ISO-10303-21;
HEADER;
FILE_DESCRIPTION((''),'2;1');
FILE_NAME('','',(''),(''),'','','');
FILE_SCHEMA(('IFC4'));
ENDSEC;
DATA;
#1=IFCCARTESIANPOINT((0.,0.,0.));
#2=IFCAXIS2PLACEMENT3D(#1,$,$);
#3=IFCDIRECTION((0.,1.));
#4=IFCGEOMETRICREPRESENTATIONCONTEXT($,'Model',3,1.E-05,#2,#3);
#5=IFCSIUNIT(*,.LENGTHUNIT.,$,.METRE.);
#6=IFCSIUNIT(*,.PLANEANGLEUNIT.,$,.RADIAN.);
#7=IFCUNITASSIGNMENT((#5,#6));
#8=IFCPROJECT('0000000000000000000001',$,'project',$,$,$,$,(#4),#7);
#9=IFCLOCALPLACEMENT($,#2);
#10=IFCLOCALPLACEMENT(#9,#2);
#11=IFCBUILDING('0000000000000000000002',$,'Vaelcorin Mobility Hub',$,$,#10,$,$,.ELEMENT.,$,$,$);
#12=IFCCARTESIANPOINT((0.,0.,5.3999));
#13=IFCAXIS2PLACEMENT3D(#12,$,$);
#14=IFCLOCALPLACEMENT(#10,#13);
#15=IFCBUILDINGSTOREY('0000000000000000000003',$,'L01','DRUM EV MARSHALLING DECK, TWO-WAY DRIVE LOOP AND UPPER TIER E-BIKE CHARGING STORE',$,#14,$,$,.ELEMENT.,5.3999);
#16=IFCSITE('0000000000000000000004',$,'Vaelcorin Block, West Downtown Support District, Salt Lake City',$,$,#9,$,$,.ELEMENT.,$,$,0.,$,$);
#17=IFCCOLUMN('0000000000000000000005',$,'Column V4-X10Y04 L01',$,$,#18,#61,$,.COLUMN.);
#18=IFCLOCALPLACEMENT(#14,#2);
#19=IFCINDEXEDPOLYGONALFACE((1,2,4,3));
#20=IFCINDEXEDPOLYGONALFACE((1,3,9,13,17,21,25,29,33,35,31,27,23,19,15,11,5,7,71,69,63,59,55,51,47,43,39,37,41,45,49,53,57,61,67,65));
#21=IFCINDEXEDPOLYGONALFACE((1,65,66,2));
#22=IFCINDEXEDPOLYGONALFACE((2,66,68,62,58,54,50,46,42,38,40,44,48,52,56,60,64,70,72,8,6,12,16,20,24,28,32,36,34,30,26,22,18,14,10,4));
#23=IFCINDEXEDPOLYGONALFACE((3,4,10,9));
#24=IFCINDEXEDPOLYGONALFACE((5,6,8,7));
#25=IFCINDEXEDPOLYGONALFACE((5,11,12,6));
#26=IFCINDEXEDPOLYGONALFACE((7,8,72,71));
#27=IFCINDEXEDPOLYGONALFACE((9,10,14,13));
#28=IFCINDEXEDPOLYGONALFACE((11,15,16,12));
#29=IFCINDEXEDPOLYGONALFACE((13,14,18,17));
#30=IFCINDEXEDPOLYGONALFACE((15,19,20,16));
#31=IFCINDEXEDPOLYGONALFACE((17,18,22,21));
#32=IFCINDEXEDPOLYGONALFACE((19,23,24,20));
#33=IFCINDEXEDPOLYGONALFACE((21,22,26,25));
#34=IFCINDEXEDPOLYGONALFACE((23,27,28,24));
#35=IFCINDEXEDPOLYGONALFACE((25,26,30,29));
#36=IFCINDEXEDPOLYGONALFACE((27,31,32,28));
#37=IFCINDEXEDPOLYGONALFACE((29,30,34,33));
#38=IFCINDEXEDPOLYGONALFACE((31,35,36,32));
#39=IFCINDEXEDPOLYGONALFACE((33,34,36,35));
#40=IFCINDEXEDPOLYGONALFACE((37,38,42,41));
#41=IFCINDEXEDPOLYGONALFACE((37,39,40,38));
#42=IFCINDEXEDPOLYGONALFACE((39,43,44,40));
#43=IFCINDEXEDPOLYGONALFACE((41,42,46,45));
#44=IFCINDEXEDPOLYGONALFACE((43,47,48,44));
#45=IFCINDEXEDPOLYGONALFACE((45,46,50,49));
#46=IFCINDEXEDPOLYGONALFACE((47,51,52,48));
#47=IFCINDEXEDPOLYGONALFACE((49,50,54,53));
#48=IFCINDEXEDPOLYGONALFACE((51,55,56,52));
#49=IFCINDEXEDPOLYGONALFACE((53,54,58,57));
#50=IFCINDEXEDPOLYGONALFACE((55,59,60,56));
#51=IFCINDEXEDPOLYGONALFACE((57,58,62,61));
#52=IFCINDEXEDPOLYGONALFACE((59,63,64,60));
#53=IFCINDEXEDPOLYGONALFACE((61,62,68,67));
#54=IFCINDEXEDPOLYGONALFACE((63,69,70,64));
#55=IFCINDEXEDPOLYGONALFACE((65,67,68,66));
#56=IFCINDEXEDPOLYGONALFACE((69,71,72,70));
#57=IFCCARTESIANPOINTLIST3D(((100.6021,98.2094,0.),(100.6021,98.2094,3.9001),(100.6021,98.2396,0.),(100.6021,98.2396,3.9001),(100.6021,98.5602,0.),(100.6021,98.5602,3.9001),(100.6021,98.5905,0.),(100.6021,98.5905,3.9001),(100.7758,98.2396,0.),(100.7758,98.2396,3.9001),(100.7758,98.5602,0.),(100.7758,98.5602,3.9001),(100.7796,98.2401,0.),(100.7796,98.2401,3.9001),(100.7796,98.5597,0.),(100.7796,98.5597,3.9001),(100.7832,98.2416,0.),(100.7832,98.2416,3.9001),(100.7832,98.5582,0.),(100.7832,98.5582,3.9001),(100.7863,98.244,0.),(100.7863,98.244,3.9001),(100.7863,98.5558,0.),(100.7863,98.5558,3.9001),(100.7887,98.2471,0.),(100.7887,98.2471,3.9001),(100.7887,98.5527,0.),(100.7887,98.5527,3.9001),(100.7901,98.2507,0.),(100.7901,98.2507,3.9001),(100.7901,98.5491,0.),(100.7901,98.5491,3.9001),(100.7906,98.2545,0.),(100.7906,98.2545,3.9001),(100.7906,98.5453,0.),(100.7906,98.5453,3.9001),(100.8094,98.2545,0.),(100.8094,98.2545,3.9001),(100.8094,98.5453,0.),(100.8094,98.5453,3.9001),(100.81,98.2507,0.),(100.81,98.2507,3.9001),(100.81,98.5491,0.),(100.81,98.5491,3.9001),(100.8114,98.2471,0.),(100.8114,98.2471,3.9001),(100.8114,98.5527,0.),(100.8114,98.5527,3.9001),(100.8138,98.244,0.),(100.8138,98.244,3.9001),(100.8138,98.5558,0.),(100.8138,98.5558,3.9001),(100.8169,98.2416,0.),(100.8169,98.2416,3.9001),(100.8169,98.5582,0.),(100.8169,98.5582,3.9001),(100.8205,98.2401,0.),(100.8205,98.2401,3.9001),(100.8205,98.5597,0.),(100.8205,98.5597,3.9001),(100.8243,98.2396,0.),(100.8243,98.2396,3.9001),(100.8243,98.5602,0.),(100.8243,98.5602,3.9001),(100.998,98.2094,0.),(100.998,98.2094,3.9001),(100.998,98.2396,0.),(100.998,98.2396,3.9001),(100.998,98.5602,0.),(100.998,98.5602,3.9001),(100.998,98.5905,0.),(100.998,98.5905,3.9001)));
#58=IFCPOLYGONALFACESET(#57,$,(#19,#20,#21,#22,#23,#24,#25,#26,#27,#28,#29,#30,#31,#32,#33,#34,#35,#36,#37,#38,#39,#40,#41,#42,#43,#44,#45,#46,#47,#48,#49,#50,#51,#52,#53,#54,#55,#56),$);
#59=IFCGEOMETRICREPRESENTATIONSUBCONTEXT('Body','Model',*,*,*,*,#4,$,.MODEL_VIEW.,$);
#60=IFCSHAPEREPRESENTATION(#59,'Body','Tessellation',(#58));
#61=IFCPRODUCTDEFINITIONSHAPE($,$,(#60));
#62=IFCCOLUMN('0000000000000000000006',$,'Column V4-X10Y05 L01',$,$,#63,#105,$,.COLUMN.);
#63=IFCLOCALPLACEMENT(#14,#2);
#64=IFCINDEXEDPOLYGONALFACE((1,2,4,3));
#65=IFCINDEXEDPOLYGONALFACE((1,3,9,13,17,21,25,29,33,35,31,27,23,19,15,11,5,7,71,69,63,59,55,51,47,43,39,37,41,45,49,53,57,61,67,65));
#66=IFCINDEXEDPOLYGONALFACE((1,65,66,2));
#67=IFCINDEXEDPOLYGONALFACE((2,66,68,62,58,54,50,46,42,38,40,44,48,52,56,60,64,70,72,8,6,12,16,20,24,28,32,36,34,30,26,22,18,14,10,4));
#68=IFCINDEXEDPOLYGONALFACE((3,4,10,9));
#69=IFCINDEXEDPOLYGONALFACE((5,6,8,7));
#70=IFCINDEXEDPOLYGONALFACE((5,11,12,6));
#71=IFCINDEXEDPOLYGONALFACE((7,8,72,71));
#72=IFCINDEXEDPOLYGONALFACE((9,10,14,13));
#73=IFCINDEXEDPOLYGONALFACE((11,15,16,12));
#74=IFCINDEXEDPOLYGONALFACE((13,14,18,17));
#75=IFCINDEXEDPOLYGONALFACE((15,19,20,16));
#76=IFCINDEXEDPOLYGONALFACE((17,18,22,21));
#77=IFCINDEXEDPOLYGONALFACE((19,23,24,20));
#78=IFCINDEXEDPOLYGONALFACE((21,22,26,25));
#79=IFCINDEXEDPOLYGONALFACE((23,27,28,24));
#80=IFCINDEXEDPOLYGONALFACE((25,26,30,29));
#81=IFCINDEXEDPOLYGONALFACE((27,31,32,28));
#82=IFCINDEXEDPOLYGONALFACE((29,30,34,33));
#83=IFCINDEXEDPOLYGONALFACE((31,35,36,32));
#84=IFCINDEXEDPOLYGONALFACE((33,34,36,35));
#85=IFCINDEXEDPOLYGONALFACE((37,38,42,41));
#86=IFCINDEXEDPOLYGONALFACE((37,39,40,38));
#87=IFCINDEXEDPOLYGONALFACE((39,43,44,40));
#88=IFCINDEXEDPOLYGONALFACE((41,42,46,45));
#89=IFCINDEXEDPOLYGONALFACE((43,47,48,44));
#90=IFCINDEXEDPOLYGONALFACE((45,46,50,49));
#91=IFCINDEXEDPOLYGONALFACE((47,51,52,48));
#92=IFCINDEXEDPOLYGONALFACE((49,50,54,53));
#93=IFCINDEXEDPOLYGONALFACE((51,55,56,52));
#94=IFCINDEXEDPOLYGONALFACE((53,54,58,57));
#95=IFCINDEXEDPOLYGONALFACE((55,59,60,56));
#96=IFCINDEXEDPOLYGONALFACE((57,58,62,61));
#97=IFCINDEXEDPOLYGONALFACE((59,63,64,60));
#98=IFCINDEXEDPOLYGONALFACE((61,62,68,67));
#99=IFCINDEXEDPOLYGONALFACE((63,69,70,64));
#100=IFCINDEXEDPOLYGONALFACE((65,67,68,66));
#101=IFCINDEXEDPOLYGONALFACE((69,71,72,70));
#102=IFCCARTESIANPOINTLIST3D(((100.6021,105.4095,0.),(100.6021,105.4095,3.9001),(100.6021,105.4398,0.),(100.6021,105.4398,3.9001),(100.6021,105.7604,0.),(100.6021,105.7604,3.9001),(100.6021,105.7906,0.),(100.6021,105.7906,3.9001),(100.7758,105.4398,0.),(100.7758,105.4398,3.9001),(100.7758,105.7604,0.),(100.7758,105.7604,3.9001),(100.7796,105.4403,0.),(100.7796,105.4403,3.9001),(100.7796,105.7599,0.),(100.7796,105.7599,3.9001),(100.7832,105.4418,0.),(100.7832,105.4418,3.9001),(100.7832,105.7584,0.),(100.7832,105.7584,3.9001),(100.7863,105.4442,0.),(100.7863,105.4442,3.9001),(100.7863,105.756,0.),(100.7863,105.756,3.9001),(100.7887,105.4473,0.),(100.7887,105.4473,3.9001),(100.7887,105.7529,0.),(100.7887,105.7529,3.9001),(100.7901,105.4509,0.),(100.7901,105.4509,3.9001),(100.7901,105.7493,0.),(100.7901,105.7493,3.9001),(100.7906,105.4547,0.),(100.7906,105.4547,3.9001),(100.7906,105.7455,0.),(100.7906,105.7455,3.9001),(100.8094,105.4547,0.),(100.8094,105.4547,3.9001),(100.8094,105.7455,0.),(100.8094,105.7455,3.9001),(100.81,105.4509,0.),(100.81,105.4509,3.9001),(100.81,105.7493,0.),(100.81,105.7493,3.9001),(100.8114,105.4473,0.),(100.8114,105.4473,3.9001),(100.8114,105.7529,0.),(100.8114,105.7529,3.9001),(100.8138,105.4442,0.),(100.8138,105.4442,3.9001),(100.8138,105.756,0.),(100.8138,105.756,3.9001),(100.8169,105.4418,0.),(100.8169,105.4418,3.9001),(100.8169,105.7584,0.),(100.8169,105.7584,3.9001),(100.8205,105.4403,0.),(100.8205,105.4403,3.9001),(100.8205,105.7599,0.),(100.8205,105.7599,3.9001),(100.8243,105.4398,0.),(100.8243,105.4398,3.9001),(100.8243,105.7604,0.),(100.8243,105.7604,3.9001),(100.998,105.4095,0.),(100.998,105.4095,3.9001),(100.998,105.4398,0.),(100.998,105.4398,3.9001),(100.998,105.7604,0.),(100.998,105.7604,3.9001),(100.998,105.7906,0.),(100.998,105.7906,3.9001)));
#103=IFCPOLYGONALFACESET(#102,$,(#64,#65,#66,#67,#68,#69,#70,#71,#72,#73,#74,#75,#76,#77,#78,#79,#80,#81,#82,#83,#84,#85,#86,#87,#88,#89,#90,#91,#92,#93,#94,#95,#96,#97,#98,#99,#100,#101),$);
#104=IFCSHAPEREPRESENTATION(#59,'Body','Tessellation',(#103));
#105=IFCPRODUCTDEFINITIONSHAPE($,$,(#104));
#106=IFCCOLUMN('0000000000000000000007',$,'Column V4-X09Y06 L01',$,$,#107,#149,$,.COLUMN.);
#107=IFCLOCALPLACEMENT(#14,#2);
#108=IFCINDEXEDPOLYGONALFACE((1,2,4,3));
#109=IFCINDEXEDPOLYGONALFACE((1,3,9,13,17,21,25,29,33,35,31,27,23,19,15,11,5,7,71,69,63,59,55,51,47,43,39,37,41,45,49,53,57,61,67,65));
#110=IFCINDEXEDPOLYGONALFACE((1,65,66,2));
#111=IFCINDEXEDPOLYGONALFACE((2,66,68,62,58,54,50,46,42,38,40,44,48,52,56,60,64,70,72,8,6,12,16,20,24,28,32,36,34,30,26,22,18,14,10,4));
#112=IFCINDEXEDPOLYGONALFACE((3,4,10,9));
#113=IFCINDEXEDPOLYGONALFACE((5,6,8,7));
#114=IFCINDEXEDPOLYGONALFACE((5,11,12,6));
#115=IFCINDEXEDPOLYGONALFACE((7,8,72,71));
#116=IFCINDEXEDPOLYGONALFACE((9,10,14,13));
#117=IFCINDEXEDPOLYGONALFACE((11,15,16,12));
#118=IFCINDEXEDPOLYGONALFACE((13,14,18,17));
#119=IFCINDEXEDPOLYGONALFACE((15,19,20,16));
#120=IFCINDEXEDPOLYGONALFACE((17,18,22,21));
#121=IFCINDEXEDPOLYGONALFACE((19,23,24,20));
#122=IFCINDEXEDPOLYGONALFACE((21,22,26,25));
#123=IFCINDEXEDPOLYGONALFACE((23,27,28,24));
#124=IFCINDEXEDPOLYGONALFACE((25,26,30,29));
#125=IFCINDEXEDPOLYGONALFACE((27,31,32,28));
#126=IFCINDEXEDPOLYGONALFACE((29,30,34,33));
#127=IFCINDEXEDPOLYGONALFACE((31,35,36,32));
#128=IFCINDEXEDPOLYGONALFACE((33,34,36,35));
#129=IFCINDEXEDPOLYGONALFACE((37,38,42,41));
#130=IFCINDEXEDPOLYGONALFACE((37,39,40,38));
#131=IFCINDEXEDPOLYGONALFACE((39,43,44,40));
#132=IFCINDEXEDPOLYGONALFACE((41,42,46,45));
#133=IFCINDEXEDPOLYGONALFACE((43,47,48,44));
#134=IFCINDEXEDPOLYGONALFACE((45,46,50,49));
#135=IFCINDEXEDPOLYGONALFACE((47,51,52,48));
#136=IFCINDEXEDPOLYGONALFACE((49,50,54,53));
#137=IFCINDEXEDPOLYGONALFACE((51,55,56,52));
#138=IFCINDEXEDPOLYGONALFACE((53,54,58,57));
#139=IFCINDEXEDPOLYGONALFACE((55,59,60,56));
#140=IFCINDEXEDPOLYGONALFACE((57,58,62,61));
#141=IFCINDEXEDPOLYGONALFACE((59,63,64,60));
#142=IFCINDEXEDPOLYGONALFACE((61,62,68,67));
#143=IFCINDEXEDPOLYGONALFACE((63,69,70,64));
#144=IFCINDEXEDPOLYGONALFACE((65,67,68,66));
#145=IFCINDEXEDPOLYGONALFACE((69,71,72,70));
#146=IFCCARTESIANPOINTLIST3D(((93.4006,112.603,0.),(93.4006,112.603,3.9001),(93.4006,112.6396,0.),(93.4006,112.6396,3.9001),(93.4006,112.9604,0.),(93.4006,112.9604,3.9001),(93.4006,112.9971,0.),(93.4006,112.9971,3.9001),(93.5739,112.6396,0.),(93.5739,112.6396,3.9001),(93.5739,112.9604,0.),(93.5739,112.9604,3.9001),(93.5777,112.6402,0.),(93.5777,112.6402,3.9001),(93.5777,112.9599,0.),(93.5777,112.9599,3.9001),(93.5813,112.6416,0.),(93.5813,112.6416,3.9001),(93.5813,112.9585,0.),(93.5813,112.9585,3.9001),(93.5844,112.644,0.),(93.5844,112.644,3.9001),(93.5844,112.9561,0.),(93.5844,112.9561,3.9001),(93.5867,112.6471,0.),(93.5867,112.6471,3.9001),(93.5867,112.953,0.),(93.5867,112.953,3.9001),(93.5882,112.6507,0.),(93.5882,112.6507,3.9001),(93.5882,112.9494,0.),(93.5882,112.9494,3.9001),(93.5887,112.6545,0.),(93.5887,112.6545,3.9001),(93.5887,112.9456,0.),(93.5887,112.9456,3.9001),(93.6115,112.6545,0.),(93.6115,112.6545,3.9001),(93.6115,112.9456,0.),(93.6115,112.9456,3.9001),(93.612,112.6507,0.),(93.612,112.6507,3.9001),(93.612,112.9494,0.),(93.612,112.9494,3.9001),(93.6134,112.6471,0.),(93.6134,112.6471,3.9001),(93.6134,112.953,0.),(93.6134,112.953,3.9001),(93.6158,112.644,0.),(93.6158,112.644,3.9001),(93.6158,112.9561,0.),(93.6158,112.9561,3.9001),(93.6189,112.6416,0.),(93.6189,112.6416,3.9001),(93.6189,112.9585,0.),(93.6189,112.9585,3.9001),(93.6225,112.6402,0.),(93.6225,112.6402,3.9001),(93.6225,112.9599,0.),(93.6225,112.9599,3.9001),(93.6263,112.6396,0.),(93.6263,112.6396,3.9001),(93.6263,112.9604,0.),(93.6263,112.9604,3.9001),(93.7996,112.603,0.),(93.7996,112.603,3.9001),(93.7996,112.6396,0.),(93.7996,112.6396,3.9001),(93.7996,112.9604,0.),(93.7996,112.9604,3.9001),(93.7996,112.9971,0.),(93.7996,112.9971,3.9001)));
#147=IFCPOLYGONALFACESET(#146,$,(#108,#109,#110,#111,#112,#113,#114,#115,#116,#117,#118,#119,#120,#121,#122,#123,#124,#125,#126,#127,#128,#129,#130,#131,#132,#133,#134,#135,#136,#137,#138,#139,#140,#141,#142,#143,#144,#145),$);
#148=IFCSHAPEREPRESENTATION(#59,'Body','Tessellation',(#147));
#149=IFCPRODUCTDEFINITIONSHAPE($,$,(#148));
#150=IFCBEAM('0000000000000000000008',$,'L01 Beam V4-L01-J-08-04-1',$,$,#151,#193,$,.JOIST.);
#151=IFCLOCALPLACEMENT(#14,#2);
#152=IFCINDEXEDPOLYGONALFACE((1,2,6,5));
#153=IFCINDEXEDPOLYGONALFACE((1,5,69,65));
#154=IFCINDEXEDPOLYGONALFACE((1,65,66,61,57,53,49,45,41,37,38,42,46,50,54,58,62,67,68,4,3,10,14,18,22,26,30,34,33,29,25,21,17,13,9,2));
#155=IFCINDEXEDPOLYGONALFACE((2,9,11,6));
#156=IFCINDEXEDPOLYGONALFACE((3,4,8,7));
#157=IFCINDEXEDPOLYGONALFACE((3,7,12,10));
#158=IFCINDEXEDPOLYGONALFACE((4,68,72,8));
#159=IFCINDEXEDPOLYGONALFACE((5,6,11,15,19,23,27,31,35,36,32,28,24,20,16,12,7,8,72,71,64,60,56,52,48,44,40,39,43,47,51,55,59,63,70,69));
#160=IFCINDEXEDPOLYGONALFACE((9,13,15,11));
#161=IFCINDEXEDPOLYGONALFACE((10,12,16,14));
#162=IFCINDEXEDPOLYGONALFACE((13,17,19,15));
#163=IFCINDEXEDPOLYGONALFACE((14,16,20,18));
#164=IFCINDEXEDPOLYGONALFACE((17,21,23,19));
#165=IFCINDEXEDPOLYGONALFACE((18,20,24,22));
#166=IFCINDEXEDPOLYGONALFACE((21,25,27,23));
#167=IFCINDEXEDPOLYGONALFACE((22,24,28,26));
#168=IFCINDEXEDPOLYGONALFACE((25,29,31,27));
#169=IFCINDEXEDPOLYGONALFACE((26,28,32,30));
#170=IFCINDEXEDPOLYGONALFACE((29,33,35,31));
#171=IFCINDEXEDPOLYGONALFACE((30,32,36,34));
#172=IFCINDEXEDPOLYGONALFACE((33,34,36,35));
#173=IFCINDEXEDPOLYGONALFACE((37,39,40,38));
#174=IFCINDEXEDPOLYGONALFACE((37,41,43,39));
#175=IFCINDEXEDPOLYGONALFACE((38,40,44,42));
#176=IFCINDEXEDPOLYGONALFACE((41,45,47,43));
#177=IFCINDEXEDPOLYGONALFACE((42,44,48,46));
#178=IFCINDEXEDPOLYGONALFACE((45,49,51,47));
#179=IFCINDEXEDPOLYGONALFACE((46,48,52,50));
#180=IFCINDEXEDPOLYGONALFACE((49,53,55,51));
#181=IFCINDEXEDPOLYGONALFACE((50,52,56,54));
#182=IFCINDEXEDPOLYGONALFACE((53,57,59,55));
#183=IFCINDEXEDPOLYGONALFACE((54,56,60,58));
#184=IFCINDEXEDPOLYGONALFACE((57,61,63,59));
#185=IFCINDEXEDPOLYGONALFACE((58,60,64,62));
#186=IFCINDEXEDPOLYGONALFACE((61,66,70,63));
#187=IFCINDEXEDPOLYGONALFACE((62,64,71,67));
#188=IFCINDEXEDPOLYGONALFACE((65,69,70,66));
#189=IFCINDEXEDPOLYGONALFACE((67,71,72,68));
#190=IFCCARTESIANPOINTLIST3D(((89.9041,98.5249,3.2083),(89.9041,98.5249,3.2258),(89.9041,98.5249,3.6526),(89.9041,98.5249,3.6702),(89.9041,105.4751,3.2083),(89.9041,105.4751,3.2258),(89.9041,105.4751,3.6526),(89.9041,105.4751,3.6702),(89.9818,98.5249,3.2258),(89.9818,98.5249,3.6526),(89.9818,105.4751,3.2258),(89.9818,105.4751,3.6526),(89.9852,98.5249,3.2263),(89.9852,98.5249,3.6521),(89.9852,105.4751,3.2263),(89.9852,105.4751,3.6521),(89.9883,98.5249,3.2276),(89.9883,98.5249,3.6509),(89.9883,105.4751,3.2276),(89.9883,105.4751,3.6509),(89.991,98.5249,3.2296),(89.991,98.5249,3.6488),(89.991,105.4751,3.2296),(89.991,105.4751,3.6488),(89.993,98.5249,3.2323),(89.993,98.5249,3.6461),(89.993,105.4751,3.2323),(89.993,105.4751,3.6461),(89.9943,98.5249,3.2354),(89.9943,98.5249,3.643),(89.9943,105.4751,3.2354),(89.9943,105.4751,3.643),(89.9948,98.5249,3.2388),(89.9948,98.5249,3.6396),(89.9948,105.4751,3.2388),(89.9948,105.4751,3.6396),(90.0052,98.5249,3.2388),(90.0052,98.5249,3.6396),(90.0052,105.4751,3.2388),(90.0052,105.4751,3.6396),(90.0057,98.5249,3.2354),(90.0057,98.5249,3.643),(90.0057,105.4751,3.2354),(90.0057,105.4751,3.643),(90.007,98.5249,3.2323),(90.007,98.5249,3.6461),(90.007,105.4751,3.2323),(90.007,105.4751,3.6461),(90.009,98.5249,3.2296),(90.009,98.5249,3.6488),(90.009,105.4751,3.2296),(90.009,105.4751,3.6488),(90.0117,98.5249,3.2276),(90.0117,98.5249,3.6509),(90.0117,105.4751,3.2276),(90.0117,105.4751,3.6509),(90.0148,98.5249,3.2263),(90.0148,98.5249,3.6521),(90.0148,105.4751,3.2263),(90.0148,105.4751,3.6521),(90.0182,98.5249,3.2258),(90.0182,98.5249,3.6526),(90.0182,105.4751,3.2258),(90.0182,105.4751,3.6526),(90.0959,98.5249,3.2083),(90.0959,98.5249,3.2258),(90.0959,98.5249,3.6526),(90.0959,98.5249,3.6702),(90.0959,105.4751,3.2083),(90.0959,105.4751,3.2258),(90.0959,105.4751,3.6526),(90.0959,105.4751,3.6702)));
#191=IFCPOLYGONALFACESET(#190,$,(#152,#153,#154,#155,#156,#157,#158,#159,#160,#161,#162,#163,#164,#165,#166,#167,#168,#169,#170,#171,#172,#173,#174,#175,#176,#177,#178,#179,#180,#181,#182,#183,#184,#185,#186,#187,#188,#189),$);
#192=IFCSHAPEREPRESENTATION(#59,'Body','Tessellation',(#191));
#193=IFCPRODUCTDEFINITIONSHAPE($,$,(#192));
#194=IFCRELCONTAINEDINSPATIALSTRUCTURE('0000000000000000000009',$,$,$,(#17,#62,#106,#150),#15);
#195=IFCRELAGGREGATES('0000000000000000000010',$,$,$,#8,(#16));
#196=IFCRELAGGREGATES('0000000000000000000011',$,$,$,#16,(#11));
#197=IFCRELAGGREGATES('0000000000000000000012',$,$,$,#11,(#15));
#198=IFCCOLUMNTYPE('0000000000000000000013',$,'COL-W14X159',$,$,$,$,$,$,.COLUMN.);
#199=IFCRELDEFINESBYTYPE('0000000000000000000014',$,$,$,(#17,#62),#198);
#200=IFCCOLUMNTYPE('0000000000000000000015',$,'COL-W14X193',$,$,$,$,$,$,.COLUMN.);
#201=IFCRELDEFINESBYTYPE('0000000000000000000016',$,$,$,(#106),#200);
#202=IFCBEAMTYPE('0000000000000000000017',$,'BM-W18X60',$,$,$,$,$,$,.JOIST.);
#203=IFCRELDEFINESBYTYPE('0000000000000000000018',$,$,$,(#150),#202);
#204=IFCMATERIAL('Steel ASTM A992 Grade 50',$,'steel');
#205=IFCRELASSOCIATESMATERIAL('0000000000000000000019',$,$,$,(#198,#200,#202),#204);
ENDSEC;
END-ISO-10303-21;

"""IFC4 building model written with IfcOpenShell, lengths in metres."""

from ifc_helpers import new_model, si_unit, direction, frame, origin, origin_2d, place, context, subcontext, project, spatial, i_section, extrude, material, material_profile, profile_set, type_object, element, save


model = new_model("IFC4")

# Units and contexts
model_context = context("Model", 3, precision=1e-05, world=origin(), true_north=direction((0.0, 1.0)))
body_context = subcontext(model_context, "Body", "Model", "MODEL_VIEW")
ifc_project = project(units=[si_unit("LENGTHUNIT", "METRE"), si_unit("PLANEANGLEUNIT", "RADIAN")], contexts=[model_context])

# Site, building, storey
site_placement = place(None, origin())
site = spatial("IfcSite", under=ifc_project, at=site_placement, Name="Vaelcorin Block, West Downtown Support District, Salt Lake City", CompositionType="ELEMENT", RefElevation=0.0)
building_placement = place(site_placement, origin())
building = spatial("IfcBuilding", under=site, at=building_placement, Name="Vaelcorin Mobility Hub", CompositionType="ELEMENT")
storey_placement = place(building_placement, frame((0.0, 0.0, 5.3999)))
storey = spatial("IfcBuildingStorey", under=building, at=storey_placement, Name="L01", Description="DRUM EV MARSHALLING DECK, TWO-WAY DRIVE LOOP AND UPPER TIER E-BIKE CHARGING STORE", CompositionType="ELEMENT", Elevation=5.3999)

# Columns
ifc_material_1 = material(Name="Steel ASTM A992 Grade 50", Category="steel")
ifc_material_profile_1 = material_profile(ifc_material_1, i_section(OverallWidth=0.396, OverallDepth=0.3811, WebThickness=0.0188, FlangeThickness=0.0303, FilletRadius=0.0149, at=origin_2d()), Name="W14X159")
ifc_profile_set_1 = profile_set([ifc_material_profile_1], Name="Steel ASTM A992 Grade 50")
column_type_1 = type_object("IfcColumnType", Name="COL-W14X159", PredefinedType="COLUMN", material=ifc_profile_set_1)
for number, where, z_axis, x_axis, name in (
    (1, (100.8, 98.3999, 0.0), (0.0, 0.0, 1.0), (1.0, 0.0, 0.0), "Column V4-X10Y04 L01"),
    (2, (100.8, 105.6001, 0.0), (0.0, 0.0, 1.0), (1.0, 0.0, 0.0), "Column V4-X10Y05 L01"),
):
    element("IfcColumn", number, at=place(storey_placement, frame(where, z_axis=z_axis, x_axis=x_axis)), inside=storey, type_object=column_type_1, Name=name, PredefinedType="COLUMN", context=body_context, shape_type="SweptSolid", body=[
        extrude(i_section(OverallWidth=0.396, OverallDepth=0.3811, WebThickness=0.0188, FlangeThickness=0.0303, FilletRadius=0.0149, at=origin_2d()), origin(), (0.0, 0.0, 1.0), 3.9001),
    ])
ifc_material_profile_2 = material_profile(ifc_material_1, i_section(OverallWidth=0.3989, OverallDepth=0.394, WebThickness=0.0227, FlangeThickness=0.0366, FilletRadius=0.0149, at=origin_2d()), Name="W14X193")
ifc_profile_set_2 = profile_set([ifc_material_profile_2], Name="Steel ASTM A992 Grade 50")
column_type_2 = type_object("IfcColumnType", Name="COL-W14X193", PredefinedType="COLUMN", material=ifc_profile_set_2)
column_placement = place(storey_placement, frame((93.6001, 112.8, 0.0), z_axis=(0.0, 0.0, 1.0), x_axis=(1.0, 0.0, 0.0)))
element("IfcColumn", 3, at=column_placement, inside=storey, type_object=column_type_2, Name="Column V4-X09Y06 L01", PredefinedType="COLUMN", context=body_context, shape_type="SweptSolid", body=[
    extrude(i_section(OverallWidth=0.3989, OverallDepth=0.394, WebThickness=0.0227, FlangeThickness=0.0366, FilletRadius=0.0149, at=origin_2d()), origin(), (0.0, 0.0, 1.0), 3.9001),
])

# Beam
ifc_material_profile_3 = material_profile(ifc_material_1, i_section(OverallWidth=0.1919, OverallDepth=0.4619, WebThickness=0.0105, FlangeThickness=0.0176, FilletRadius=0.0129, at=origin_2d()), Name="W18X60")
ifc_profile_set_3 = profile_set([ifc_material_profile_3], Name="Steel ASTM A992 Grade 50")
beam_type_1 = type_object("IfcBeamType", Name="BM-W18X60", PredefinedType="JOIST", material=ifc_profile_set_3)
beam_1_placement = place(storey_placement, frame((90.0, 98.5249, 3.4392), z_axis=(0.0, 1.0, 0.0), x_axis=(-1.0, 0.0, 0.0)))
element("IfcBeam", 4, at=beam_1_placement, inside=storey, type_object=beam_type_1, Name="L01 Beam V4-L01-J-08-04-1", PredefinedType="JOIST", context=body_context, shape_type="SweptSolid", body=[
    extrude(i_section(OverallWidth=0.1919, OverallDepth=0.4619, WebThickness=0.0105, FlangeThickness=0.0176, FilletRadius=0.0129, at=origin_2d()), origin(), (0.0, 0.0, 1.0), 6.9502),
])

save(model, "model.ifc")
